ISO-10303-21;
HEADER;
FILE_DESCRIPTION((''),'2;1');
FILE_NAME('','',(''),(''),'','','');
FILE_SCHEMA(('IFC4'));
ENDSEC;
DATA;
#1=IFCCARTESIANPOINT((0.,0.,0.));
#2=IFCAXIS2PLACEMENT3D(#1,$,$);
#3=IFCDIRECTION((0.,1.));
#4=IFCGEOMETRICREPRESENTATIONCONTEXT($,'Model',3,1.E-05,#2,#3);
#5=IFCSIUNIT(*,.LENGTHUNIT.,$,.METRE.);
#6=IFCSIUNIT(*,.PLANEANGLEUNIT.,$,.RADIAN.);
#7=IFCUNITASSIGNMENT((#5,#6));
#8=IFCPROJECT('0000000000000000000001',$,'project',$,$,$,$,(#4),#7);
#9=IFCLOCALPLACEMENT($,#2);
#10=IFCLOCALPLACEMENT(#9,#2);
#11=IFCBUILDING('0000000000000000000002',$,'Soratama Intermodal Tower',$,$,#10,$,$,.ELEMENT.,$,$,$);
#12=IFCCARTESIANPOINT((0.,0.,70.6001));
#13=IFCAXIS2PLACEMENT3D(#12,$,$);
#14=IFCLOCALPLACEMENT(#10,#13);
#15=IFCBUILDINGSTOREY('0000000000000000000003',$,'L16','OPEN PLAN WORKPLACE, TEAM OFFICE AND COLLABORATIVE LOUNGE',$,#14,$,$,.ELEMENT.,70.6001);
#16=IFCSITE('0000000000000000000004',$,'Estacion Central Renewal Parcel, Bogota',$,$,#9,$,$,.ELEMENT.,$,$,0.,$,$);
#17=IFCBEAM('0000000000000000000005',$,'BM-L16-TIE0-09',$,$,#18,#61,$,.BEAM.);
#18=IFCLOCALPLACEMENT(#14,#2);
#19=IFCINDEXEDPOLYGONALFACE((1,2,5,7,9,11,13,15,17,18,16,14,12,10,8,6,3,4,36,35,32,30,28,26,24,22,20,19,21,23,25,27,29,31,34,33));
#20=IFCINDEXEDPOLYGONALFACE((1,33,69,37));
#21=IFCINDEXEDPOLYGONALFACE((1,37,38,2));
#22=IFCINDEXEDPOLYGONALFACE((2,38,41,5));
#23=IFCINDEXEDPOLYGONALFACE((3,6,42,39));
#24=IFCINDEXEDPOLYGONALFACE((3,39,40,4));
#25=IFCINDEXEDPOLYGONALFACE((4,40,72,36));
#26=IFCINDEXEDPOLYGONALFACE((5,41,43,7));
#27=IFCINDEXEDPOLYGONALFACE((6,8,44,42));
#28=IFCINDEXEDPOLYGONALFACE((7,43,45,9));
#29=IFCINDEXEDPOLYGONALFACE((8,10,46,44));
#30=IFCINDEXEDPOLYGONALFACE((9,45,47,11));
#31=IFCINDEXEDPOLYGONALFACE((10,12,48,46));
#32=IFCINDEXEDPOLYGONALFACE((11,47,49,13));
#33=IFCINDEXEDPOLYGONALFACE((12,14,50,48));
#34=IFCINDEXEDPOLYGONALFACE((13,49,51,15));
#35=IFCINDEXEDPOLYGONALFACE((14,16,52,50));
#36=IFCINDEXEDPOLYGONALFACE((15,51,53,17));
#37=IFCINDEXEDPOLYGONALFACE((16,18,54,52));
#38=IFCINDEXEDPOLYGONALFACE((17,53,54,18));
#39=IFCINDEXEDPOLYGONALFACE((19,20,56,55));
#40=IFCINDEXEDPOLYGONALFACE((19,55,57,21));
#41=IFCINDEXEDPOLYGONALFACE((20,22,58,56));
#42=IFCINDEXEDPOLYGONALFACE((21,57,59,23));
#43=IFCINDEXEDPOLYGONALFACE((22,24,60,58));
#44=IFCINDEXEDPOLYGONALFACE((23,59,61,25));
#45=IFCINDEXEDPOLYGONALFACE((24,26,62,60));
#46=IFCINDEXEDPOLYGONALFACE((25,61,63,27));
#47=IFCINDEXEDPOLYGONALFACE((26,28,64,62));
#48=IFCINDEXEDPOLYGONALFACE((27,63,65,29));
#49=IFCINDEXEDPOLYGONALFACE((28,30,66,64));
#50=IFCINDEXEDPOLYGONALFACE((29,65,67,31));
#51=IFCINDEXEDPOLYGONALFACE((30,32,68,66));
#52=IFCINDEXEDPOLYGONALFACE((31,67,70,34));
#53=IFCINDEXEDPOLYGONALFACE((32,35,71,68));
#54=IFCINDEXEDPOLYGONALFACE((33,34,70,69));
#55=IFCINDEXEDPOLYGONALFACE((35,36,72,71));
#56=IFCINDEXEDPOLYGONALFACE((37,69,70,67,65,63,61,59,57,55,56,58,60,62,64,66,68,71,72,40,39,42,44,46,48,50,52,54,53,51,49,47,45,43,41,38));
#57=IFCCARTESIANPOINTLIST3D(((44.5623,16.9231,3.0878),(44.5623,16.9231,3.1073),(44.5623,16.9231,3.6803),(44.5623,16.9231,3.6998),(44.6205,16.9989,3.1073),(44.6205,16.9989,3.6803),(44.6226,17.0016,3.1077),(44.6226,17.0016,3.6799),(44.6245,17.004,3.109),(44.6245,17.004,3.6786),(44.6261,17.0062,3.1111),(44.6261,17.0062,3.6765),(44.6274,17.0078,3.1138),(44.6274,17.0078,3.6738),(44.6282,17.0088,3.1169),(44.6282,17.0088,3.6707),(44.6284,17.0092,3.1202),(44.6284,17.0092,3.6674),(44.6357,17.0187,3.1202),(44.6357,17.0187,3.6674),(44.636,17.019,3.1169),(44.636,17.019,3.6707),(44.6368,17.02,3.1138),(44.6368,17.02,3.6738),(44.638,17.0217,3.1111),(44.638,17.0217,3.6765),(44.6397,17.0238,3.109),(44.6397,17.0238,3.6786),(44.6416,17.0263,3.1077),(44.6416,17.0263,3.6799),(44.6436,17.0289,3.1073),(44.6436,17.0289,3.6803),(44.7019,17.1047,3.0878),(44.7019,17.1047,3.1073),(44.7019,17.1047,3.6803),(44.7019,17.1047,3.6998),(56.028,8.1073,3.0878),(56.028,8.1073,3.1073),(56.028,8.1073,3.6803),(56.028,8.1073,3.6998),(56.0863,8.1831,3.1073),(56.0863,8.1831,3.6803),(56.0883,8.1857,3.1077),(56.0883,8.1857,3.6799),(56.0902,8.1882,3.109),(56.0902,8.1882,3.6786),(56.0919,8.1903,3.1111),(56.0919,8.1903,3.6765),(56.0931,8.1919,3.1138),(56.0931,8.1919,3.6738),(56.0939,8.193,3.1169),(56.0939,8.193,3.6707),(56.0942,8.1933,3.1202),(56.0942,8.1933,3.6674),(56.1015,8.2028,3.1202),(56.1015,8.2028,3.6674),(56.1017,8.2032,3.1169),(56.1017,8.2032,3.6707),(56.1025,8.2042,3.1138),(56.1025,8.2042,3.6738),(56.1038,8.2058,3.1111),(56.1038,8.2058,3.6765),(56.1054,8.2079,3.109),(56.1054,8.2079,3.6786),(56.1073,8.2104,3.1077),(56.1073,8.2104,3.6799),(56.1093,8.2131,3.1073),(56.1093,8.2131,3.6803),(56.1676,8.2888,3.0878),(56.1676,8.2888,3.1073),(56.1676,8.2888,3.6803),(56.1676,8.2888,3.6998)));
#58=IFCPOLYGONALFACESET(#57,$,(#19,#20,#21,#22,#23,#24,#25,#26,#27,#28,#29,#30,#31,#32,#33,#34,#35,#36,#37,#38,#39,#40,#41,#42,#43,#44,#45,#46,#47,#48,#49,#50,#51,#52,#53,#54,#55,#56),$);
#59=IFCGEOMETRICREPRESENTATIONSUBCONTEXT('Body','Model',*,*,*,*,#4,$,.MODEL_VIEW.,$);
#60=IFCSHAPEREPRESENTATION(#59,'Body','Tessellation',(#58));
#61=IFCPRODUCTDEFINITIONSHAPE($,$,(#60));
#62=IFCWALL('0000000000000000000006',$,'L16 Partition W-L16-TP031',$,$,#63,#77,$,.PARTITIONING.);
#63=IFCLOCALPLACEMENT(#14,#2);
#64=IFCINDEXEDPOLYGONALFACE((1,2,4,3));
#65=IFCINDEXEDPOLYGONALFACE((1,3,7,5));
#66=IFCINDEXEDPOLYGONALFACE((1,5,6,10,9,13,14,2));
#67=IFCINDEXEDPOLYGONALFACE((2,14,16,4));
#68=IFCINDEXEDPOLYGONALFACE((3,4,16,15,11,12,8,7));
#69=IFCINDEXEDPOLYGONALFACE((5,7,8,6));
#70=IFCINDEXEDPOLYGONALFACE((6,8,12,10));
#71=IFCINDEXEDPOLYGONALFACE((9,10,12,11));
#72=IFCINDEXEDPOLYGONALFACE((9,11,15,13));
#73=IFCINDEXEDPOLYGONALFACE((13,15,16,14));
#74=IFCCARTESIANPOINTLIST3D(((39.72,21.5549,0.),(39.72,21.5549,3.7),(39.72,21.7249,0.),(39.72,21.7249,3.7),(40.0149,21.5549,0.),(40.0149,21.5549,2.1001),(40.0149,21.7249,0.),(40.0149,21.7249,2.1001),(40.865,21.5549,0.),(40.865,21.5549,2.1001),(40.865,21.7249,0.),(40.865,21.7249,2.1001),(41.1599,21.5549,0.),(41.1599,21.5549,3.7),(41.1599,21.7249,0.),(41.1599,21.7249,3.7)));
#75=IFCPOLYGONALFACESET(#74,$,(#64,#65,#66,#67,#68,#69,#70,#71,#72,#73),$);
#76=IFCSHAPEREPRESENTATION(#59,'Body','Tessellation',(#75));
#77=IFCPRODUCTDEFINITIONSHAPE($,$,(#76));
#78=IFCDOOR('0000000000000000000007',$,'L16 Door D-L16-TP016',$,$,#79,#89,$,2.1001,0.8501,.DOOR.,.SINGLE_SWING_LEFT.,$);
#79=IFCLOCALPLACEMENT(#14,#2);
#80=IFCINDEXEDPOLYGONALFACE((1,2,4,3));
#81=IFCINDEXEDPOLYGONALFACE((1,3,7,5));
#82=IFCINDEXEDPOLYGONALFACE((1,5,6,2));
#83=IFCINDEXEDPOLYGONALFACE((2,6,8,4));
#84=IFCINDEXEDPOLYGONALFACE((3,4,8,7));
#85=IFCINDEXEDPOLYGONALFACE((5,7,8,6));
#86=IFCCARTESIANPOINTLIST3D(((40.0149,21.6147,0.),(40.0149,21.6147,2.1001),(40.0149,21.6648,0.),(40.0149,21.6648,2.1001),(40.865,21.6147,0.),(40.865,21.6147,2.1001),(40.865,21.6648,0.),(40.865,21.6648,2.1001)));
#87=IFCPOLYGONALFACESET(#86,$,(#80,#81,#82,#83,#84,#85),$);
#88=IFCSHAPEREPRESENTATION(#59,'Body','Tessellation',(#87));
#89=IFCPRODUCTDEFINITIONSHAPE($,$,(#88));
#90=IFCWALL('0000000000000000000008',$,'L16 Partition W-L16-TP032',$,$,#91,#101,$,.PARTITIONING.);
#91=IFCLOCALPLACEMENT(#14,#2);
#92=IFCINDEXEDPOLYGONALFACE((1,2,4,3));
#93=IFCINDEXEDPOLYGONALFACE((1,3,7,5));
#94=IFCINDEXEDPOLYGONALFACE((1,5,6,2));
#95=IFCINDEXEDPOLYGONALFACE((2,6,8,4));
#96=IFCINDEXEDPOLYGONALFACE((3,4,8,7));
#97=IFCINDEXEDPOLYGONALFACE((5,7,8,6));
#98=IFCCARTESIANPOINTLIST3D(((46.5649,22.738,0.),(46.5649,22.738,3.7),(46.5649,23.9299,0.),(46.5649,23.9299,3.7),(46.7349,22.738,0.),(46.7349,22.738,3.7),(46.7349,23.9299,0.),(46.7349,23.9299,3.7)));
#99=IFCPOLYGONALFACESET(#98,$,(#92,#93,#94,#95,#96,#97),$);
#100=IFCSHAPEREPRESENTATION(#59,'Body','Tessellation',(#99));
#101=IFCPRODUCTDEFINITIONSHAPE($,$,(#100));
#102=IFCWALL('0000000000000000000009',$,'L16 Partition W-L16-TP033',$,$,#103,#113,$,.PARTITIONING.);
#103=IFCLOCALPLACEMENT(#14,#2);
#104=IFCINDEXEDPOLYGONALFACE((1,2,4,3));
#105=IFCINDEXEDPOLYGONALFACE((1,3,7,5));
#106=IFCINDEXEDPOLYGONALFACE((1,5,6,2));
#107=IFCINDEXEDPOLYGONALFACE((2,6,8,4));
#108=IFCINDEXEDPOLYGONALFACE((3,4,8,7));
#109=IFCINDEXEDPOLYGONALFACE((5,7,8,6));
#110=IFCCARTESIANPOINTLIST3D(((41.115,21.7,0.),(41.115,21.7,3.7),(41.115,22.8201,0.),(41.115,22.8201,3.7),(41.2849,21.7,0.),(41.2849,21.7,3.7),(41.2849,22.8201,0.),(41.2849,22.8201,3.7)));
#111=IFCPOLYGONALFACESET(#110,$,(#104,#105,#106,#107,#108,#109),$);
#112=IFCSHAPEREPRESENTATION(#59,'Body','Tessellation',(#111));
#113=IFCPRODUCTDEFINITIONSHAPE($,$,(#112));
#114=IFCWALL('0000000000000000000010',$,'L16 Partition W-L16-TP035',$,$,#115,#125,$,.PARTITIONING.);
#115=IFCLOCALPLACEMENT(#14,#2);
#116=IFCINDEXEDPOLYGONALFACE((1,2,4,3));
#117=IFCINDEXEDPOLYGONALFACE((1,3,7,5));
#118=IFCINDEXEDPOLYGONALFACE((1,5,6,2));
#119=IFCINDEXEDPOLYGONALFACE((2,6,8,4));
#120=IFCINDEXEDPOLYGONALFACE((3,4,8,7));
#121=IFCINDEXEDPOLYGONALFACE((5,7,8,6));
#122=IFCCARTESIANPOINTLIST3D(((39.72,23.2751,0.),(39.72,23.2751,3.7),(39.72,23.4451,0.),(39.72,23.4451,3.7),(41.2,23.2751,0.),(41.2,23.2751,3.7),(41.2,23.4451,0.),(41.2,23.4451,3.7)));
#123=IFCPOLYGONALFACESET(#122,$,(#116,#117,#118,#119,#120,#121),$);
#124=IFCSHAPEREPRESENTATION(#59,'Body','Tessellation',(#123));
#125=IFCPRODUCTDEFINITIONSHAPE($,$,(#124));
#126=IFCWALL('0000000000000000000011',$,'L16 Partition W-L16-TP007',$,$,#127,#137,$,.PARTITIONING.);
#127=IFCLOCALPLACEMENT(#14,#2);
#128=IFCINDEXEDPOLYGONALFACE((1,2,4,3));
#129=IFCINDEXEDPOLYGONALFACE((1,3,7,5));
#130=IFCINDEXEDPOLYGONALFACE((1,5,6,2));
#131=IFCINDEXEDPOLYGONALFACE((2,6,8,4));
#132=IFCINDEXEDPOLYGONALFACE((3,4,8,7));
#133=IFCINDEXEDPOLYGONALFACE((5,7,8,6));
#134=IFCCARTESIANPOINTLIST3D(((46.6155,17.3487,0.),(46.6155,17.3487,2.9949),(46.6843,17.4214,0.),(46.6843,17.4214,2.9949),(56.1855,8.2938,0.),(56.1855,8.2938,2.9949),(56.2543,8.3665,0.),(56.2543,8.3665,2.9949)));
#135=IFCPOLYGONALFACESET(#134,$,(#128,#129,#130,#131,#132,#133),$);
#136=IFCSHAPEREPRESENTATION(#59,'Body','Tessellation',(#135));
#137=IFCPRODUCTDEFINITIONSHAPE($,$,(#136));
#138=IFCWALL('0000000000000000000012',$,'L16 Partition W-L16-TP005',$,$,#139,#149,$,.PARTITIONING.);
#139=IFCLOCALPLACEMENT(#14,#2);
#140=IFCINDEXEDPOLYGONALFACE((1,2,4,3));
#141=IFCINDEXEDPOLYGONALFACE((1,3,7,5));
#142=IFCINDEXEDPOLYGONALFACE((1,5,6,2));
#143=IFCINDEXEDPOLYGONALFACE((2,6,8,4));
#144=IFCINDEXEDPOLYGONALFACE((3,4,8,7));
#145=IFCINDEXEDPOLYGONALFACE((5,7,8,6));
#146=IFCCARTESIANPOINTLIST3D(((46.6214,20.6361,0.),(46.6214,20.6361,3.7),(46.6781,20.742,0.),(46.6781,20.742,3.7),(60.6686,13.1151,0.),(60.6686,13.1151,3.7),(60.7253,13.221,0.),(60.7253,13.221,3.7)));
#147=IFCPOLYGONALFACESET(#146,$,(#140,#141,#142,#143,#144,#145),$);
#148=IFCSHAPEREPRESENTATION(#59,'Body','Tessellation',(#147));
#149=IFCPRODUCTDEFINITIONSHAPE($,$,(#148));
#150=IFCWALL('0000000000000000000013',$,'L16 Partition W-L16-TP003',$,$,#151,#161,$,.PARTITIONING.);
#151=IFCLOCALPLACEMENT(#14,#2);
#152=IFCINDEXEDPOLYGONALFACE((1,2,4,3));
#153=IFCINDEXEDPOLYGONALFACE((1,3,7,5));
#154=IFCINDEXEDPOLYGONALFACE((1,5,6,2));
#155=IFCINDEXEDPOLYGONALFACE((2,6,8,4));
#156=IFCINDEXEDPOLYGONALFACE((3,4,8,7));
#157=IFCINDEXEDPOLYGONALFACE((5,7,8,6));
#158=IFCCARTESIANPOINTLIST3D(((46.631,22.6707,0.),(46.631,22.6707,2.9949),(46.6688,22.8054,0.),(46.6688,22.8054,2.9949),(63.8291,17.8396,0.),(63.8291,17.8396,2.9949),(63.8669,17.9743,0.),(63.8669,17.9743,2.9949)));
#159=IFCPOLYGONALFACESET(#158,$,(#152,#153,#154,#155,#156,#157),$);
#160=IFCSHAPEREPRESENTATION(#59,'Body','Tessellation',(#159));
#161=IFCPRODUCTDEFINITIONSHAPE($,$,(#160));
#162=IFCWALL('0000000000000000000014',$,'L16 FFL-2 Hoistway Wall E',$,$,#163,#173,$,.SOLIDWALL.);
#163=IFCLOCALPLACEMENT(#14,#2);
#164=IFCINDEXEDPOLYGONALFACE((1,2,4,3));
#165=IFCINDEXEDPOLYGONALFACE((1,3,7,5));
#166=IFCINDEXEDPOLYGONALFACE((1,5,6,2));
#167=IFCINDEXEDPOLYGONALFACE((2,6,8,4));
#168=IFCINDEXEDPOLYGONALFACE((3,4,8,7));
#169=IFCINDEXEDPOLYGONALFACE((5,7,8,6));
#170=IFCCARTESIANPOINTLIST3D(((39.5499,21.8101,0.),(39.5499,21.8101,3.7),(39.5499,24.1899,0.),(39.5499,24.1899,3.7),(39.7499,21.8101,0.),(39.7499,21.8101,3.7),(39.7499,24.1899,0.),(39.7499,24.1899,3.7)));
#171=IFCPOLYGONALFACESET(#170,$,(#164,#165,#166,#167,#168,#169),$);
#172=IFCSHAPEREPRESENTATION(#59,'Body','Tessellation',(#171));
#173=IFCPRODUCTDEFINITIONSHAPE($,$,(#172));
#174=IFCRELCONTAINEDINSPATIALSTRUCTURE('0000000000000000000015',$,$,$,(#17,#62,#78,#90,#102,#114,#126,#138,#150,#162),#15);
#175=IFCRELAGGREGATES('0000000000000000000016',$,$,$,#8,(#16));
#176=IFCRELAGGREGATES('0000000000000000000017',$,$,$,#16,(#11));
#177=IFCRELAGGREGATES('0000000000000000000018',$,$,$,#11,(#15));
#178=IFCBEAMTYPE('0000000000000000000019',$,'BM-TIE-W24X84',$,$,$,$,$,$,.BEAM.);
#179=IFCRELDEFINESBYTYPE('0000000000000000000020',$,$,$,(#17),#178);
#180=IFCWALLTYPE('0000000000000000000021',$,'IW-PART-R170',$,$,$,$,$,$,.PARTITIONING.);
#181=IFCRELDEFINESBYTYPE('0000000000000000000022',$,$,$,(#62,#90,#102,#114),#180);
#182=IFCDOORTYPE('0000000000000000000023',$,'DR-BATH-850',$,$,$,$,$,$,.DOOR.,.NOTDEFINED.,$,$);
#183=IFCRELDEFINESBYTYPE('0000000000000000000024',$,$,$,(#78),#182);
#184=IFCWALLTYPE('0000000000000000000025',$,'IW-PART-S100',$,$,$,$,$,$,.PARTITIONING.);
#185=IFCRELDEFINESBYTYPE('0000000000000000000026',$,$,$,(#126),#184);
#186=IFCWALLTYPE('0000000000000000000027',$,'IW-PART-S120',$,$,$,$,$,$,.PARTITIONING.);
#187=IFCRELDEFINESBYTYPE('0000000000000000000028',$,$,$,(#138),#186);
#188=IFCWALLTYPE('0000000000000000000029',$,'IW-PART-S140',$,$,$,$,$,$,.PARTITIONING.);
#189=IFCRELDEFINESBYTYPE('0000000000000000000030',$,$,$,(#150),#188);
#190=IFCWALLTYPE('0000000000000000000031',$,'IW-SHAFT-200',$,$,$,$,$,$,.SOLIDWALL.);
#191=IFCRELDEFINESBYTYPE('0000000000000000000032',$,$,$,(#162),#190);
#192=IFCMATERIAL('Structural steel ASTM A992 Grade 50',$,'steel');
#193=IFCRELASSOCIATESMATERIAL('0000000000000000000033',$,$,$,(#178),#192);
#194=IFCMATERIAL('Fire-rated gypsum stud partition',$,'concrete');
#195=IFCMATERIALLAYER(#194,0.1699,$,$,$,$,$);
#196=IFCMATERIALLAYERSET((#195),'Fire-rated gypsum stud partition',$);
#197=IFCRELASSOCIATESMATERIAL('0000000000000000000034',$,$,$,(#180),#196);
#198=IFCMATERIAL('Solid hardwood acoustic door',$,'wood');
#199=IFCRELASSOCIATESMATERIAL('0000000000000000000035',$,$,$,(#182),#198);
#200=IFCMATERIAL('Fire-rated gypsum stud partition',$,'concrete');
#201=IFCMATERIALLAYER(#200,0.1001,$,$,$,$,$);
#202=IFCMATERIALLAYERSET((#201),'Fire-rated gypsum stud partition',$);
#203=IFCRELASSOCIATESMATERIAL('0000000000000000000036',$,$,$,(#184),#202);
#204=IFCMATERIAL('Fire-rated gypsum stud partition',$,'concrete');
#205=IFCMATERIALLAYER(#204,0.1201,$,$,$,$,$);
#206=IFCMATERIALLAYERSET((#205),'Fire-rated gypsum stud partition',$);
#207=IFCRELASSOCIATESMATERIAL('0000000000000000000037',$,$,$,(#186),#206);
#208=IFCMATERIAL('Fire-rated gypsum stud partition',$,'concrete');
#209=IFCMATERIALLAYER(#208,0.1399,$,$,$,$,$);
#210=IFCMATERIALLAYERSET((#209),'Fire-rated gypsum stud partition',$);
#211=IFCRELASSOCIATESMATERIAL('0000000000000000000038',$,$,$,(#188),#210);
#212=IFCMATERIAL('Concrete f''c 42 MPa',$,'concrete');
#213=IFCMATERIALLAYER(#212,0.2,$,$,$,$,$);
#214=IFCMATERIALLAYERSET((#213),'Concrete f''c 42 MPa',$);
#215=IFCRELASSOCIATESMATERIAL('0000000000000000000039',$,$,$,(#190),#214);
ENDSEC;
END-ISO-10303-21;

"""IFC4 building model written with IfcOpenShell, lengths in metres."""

from ifc_helpers import new_model, si_unit, direction, frame, frame_2d, origin, origin_2d, place, context, subcontext, project, spatial, rectangle, i_section, extrude, material, layer, layer_set, material_profile, profile_set, type_object, element, fill, save


model = new_model("IFC4")

# Units and contexts
model_context = context("Model", 3, precision=1e-05, world=origin(), true_north=direction((0.0, 1.0)))
body_context = subcontext(model_context, "Body", "Model", "MODEL_VIEW")
ifc_project = project(units=[si_unit("LENGTHUNIT", "METRE"), si_unit("PLANEANGLEUNIT", "RADIAN")], contexts=[model_context])

# Site, building, storey
site_placement = place(None, origin())
site = spatial("IfcSite", under=ifc_project, at=site_placement, Name="Estacion Central Renewal Parcel, Bogota", CompositionType="ELEMENT", RefElevation=0.0)
building_placement = place(site_placement, origin())
building = spatial("IfcBuilding", under=site, at=building_placement, Name="Soratama Intermodal Tower", CompositionType="ELEMENT")
storey_placement = place(building_placement, frame((0.0, 0.0, 70.6001)))
storey = spatial("IfcBuildingStorey", under=building, at=storey_placement, Name="L16", Description="OPEN PLAN WORKPLACE, TEAM OFFICE AND COLLABORATIVE LOUNGE", CompositionType="ELEMENT", Elevation=70.6001)

# Beam
ifc_material_1 = material(Name="Structural steel ASTM A992 Grade 50", Category="steel")
ifc_material_profile_1 = material_profile(ifc_material_1, i_section(OverallWidth=0.229, OverallDepth=0.6121, WebThickness=0.012, FlangeThickness=0.0195, FilletRadius=0.0129, at=origin_2d()), Name="W24X84")
ifc_profile_set_1 = profile_set([ifc_material_profile_1], Name="Structural steel ASTM A992 Grade 50")
beam_type_1 = type_object("IfcBeamType", Name="BM-TIE-W24X84", PredefinedType="BEAM", material=ifc_profile_set_1)
beam_1_placement = place(storey_placement, frame((44.6321, 17.0139, 3.3938), z_axis=(0.792756, -0.609539, 0.0), x_axis=(0.609539, 0.792756, 0.0)))
element("IfcBeam", 1, at=beam_1_placement, inside=storey, type_object=beam_type_1, Name="BM-L16-TIE0-09", PredefinedType="BEAM", context=body_context, shape_type="SweptSolid", body=[
    extrude(i_section(OverallWidth=0.229, OverallDepth=0.6121, WebThickness=0.012, FlangeThickness=0.0195, FilletRadius=0.0129, at=origin_2d()), origin(), (0.0, 0.0, 1.0), 14.4631),
])

# Wall, opening, door
ifc_material_2 = material(Name="Fire-rated gypsum stud partition", Category="concrete")
ifc_layer_1 = layer(ifc_material_2, 0.1699)
ifc_layer_set_1 = layer_set([ifc_layer_1], Name="Fire-rated gypsum stud partition")
wall_type_1 = type_object("IfcWallType", Name="IW-PART-R170", PredefinedType="PARTITIONING", material=ifc_layer_set_1)
wall_1_placement = place(storey_placement, frame((39.72, 21.6399, 0.0), z_axis=(0.0, 0.0, 1.0), x_axis=(1.0, 0.0, 0.0)))
wall_1 = element("IfcWall", 2, at=wall_1_placement, inside=storey, type_object=wall_type_1, Name="L16 Partition W-L16-TP031", PredefinedType="PARTITIONING", context=body_context, shape_type="SweptSolid", body=[
    extrude(rectangle(XDim=1.4399, YDim=0.1699, at=frame_2d((0.72, 0.0))), origin(), (0.0, 0.0, 1.0), 3.7),
])
opening_1_placement = place(wall_1_placement, frame((0.2949, 0.0, 0.0)))
opening_1 = element("IfcOpeningElement", 3, at=opening_1_placement, cuts=wall_1, PredefinedType="OPENING", context=body_context, shape_type="SweptSolid", body=[
    extrude(rectangle(XDim=0.8501, YDim=2.1001, at=frame_2d((0.425, 1.05))), frame((0.0, 0.095, 0.0), z_axis=(0.0, -1.0, 0.0), x_axis=(1.0, 0.0, 0.0)), (0.0, 0.0, 1.0), 0.1899),
])
ifc_material_3 = material(Name="Solid hardwood acoustic door", Category="wood")
door_type_1 = type_object("IfcDoorType", Name="DR-BATH-850", OperationType="NOTDEFINED", PredefinedType="DOOR", material=ifc_material_3)
door_1_placement = place(opening_1_placement, origin())
door_1 = element("IfcDoor", 4, at=door_1_placement, inside=storey, type_object=door_type_1, Name="L16 Door D-L16-TP016", OperationType="SINGLE_SWING_LEFT", OverallHeight=2.1001, OverallWidth=0.8501, PredefinedType="DOOR", context=body_context, shape_type="SweptSolid", body=[
    extrude(rectangle(XDim=0.8501, YDim=2.1001, at=frame_2d((0.425, 1.05))), frame((0.0, 0.0249, 0.0), z_axis=(0.0, -1.0, 0.0), x_axis=(1.0, 0.0, 0.0)), (0.0, 0.0, 1.0), 0.05),
])
fill(opening_1, door_1)

# Walls
wall_2_placement = place(storey_placement, frame((46.6499, 23.9299, 0.0), z_axis=(0.0, 0.0, 1.0), x_axis=(0.0, -1.0, 0.0)))
element("IfcWall", 5, at=wall_2_placement, inside=storey, type_object=wall_type_1, Name="L16 Partition W-L16-TP032", PredefinedType="PARTITIONING", context=body_context, shape_type="SweptSolid", body=[
    extrude(rectangle(XDim=1.1919, YDim=0.1699, at=frame_2d((0.5959, 0.0))), origin(), (0.0, 0.0, 1.0), 3.7),
])
wall_3_placement = place(storey_placement, frame((41.2, 21.7, 0.0), z_axis=(0.0, 0.0, 1.0), x_axis=(0.0, 1.0, 0.0)))
element("IfcWall", 6, at=wall_3_placement, inside=storey, type_object=wall_type_1, Name="L16 Partition W-L16-TP033", PredefinedType="PARTITIONING", context=body_context, shape_type="SweptSolid", body=[
    extrude(rectangle(XDim=1.1201, YDim=0.1699, at=frame_2d((0.5601, 0.0))), origin(), (0.0, 0.0, 1.0), 3.7),
])
wall_4_placement = place(storey_placement, frame((41.2, 23.3601, 0.0), z_axis=(0.0, 0.0, 1.0), x_axis=(-1.0, 0.0, 0.0)))
element("IfcWall", 7, at=wall_4_placement, inside=storey, type_object=wall_type_1, Name="L16 Partition W-L16-TP035", PredefinedType="PARTITIONING", context=body_context, shape_type="SweptSolid", body=[
    extrude(rectangle(XDim=1.48, YDim=0.1699, at=frame_2d((0.74, 0.0))), origin(), (0.0, 0.0, 1.0), 3.7),
])
ifc_material_4 = material(Name="Fire-rated gypsum stud partition", Category="concrete")
ifc_layer_2 = layer(ifc_material_4, 0.1001)
ifc_layer_set_2 = layer_set([ifc_layer_2], Name="Fire-rated gypsum stud partition")
wall_type_2 = type_object("IfcWallType", Name="IW-PART-S100", PredefinedType="PARTITIONING", material=ifc_layer_set_2)
wall_5_placement = place(storey_placement, frame((46.6499, 17.385, 0.0), z_axis=(0.0, 0.0, 1.0), x_axis=(0.726386, -0.687287, 0.0)))
element("IfcWall", 8, at=wall_5_placement, inside=storey, type_object=wall_type_2, Name="L16 Partition W-L16-TP007", PredefinedType="PARTITIONING", context=body_context, shape_type="SweptSolid", body=[
    extrude(rectangle(XDim=13.1748, YDim=0.1001, at=frame_2d((6.5874, 0.0))), origin(), (0.0, 0.0, 1.0), 2.9949),
])
ifc_material_5 = material(Name="Fire-rated gypsum stud partition", Category="concrete")
ifc_layer_3 = layer(ifc_material_5, 0.1201)
ifc_layer_set_3 = layer_set([ifc_layer_3], Name="Fire-rated gypsum stud partition")
wall_type_3 = type_object("IfcWallType", Name="IW-PART-S120", PredefinedType="PARTITIONING", material=ifc_layer_set_3)
wall_6_placement = place(storey_placement, frame((46.6499, 20.689, 0.0), z_axis=(0.0, 0.0, 1.0), x_axis=(0.881591, -0.472014, 0.0)))
element("IfcWall", 9, at=wall_6_placement, inside=storey, type_object=wall_type_3, Name="L16 Partition W-L16-TP005", PredefinedType="PARTITIONING", context=body_context, shape_type="SweptSolid", body=[
    extrude(rectangle(XDim=15.9338, YDim=0.1201, at=frame_2d((7.9668, 0.0))), origin(), (0.0, 0.0, 1.0), 3.7),
])
ifc_material_6 = material(Name="Fire-rated gypsum stud partition", Category="concrete")
ifc_layer_4 = layer(ifc_material_6, 0.1399)
ifc_layer_set_4 = layer_set([ifc_layer_4], Name="Fire-rated gypsum stud partition")
wall_type_4 = type_object("IfcWallType", Name="IW-PART-S140", PredefinedType="PARTITIONING", material=ifc_layer_set_4)
wall_7_placement = place(storey_placement, frame((46.6499, 22.738, 0.0), z_axis=(0.0, 0.0, 1.0), x_axis=(0.962737, -0.27044, 0.0)))
element("IfcWall", 10, at=wall_7_placement, inside=storey, type_object=wall_type_4, Name="L16 Partition W-L16-TP003", PredefinedType="PARTITIONING", context=body_context, shape_type="SweptSolid", body=[
    extrude(rectangle(XDim=17.8638, YDim=0.1399, at=frame_2d((8.9319, 0.0))), origin(), (0.0, 0.0, 1.0), 2.9949),
])
ifc_material_7 = material(Name="Concrete f'c 42 MPa", Category="concrete")
ifc_layer_5 = layer(ifc_material_7, 0.2)
ifc_layer_set_5 = layer_set([ifc_layer_5], Name="Concrete f'c 42 MPa")
wall_type_5 = type_object("IfcWallType", Name="IW-SHAFT-200", PredefinedType="SOLIDWALL", material=ifc_layer_set_5)
wall_8_placement = place(storey_placement, frame((39.6499, 21.8101, 0.0), z_axis=(0.0, 0.0, 1.0), x_axis=(0.0, 1.0, 0.0)))
element("IfcWall", 11, at=wall_8_placement, inside=storey, type_object=wall_type_5, Name="L16 FFL-2 Hoistway Wall E", PredefinedType="SOLIDWALL", context=body_context, shape_type="SweptSolid", body=[
    extrude(rectangle(XDim=2.3799, YDim=0.2, at=frame_2d((1.1899, 0.0))), origin(), (0.0, 0.0, 1.0), 3.7),
])

save(model, "model.ifc")
